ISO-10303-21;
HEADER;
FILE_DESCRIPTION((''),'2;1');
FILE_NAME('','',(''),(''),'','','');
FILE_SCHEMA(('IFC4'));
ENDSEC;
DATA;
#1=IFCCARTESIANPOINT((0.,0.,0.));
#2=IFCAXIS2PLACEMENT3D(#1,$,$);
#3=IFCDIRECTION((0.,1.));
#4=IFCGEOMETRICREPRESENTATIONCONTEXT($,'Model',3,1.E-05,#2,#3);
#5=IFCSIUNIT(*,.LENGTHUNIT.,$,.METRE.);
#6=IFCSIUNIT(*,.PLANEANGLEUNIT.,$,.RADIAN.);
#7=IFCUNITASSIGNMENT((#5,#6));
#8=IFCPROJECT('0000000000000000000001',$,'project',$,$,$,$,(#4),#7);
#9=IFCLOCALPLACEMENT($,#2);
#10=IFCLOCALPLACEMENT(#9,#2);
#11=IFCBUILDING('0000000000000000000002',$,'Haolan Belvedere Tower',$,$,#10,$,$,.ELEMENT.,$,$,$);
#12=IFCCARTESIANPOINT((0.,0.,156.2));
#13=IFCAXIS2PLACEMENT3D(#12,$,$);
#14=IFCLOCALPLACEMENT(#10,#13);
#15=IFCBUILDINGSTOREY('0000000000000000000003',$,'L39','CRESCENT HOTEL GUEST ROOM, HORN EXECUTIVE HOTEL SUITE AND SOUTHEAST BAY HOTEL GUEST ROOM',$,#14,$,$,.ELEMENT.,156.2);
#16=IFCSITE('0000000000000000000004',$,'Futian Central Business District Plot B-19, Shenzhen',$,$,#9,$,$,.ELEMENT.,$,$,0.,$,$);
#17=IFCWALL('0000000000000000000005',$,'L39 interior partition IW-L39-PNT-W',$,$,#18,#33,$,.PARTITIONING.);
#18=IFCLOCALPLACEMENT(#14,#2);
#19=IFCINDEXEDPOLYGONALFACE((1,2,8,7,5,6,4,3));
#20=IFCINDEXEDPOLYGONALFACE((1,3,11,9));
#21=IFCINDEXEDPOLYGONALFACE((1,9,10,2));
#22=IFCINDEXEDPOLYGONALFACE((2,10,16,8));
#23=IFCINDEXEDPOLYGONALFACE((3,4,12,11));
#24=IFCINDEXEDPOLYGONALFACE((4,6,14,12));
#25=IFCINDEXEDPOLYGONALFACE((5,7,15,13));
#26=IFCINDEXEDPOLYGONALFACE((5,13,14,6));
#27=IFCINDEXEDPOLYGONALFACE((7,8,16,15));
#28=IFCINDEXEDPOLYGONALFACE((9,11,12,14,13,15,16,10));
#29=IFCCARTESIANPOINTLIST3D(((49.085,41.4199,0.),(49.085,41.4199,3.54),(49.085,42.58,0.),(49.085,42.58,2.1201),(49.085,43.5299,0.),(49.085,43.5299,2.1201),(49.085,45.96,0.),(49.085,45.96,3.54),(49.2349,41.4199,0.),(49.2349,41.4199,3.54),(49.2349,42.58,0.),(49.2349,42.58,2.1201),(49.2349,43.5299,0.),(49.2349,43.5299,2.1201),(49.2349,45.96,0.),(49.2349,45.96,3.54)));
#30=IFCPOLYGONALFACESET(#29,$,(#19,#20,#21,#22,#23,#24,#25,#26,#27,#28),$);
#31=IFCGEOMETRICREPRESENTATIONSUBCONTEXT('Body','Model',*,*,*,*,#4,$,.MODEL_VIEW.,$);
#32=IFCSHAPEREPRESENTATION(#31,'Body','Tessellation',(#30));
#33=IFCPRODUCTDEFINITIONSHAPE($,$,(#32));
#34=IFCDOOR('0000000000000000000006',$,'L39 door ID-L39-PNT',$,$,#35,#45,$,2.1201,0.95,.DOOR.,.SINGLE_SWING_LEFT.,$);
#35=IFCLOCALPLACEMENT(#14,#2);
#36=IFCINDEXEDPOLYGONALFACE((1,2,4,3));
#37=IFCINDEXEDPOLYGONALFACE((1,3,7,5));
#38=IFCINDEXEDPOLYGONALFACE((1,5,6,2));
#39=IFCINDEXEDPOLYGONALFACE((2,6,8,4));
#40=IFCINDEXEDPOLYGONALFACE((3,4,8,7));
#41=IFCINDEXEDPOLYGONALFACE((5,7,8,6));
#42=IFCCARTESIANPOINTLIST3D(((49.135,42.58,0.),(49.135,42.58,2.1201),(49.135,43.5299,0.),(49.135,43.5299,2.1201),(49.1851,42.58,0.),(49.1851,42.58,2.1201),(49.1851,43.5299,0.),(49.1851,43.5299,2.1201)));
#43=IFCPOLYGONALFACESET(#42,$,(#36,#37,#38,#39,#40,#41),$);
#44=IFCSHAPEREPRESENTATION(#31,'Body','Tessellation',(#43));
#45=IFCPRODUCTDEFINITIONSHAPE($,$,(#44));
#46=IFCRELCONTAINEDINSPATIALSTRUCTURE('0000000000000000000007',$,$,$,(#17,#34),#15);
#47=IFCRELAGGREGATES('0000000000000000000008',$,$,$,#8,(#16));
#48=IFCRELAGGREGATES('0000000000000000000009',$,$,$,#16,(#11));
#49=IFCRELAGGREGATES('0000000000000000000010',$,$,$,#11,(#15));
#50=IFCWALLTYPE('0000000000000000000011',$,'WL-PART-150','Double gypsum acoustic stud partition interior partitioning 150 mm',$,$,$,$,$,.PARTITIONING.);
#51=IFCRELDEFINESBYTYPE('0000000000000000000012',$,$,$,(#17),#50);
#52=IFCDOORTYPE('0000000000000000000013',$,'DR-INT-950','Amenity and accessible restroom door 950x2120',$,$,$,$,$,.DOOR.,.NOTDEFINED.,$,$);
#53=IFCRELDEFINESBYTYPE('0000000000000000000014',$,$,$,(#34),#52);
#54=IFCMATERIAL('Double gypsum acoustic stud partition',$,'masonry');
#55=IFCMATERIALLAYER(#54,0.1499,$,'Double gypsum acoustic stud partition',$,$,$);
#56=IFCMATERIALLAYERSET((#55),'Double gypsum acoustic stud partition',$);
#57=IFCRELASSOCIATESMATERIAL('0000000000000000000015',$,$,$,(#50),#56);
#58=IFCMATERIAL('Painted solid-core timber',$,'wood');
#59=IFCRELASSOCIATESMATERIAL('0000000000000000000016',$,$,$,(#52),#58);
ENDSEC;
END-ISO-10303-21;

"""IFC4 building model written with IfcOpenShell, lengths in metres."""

from ifc_helpers import new_model, si_unit, direction, frame, frame_2d, origin, place, context, subcontext, project, spatial, rectangle, extrude, material, layer, layer_set, type_object, element, fill, save


model = new_model("IFC4")

# Units and contexts
model_context = context("Model", 3, precision=1e-05, world=origin(), true_north=direction((0.0, 1.0)))
body_context = subcontext(model_context, "Body", "Model", "MODEL_VIEW")
ifc_project = project(units=[si_unit("LENGTHUNIT", "METRE"), si_unit("PLANEANGLEUNIT", "RADIAN")], contexts=[model_context])

# Site, building, storey
site_placement = place(None, origin())
site = spatial("IfcSite", under=ifc_project, at=site_placement, Name="Futian Central Business District Plot B-19, Shenzhen", CompositionType="ELEMENT", RefElevation=0.0)
building_placement = place(site_placement, origin())
building = spatial("IfcBuilding", under=site, at=building_placement, Name="Haolan Belvedere Tower", CompositionType="ELEMENT")
storey_placement = place(building_placement, frame((0.0, 0.0, 156.2)))
storey = spatial("IfcBuildingStorey", under=building, at=storey_placement, Name="L39", Description="CRESCENT HOTEL GUEST ROOM, HORN EXECUTIVE HOTEL SUITE AND SOUTHEAST BAY HOTEL GUEST ROOM", CompositionType="ELEMENT", Elevation=156.2)

# Shared definitions
ifc_material_1 = material(Name="Double gypsum acoustic stud partition", Category="masonry")
ifc_layer_1 = layer(ifc_material_1, 0.1499, Name="Double gypsum acoustic stud partition")
ifc_layer_set_1 = layer_set([ifc_layer_1], Name="Double gypsum acoustic stud partition")
wall_type_1 = type_object("IfcWallType", Name="WL-PART-150", Description="Double gypsum acoustic stud partition interior partitioning 150 mm", PredefinedType="PARTITIONING", material=ifc_layer_set_1)

# Shared definitions
ifc_material_2 = material(Name="Painted solid-core timber", Category="wood")
door_type = type_object("IfcDoorType", Name="DR-INT-950", Description="Amenity and accessible restroom door 950x2120", OperationType="NOTDEFINED", PredefinedType="DOOR", material=ifc_material_2)

# Wall, opening, door
wall_1_placement = place(storey_placement, frame((49.1599, 41.4199, 0.0), z_axis=(0.0, 0.0, 1.0), x_axis=(0.0, 1.0, 0.0)))
wall_1 = element("IfcWall", 1, at=wall_1_placement, inside=storey, type_object=wall_type_1, Name="L39 interior partition IW-L39-PNT-W", PredefinedType="PARTITIONING", context=body_context, shape_type="SweptSolid", body=[
    extrude(rectangle(XDim=4.54, YDim=0.1499, at=frame_2d((2.27, 0.0))), origin(), (0.0, 0.0, 1.0), 3.54),
])
opening_1_placement = place(wall_1_placement, frame((1.1599, 0.0, 0.0)))
opening_1 = element("IfcOpeningElement", 2, at=opening_1_placement, cuts=wall_1, PredefinedType="OPENING", context=body_context, shape_type="SweptSolid", body=[
    extrude(rectangle(XDim=0.95, YDim=2.1201, at=frame_2d((0.4751, 1.0601))), frame((0.0, 0.085, 0.0), z_axis=(0.0, -1.0, 0.0), x_axis=(1.0, 0.0, 0.0)), (0.0, 0.0, 1.0), 0.1699),
])
door_1_placement = place(opening_1_placement, origin())
door_1 = element("IfcDoor", 3, at=door_1_placement, inside=storey, type_object=door_type, Name="L39 door ID-L39-PNT", OperationType="SINGLE_SWING_LEFT", OverallHeight=2.1201, OverallWidth=0.95, PredefinedType="DOOR", context=body_context, shape_type="SweptSolid", body=[
    extrude(rectangle(XDim=0.95, YDim=2.1201, at=frame_2d((0.4751, 1.0601))), frame((0.0, 0.0249, 0.0), z_axis=(0.0, -1.0, 0.0), x_axis=(1.0, 0.0, 0.0)), (0.0, 0.0, 1.0), 0.05),
])
fill(opening_1, door_1)

save(model, "model.ifc")
